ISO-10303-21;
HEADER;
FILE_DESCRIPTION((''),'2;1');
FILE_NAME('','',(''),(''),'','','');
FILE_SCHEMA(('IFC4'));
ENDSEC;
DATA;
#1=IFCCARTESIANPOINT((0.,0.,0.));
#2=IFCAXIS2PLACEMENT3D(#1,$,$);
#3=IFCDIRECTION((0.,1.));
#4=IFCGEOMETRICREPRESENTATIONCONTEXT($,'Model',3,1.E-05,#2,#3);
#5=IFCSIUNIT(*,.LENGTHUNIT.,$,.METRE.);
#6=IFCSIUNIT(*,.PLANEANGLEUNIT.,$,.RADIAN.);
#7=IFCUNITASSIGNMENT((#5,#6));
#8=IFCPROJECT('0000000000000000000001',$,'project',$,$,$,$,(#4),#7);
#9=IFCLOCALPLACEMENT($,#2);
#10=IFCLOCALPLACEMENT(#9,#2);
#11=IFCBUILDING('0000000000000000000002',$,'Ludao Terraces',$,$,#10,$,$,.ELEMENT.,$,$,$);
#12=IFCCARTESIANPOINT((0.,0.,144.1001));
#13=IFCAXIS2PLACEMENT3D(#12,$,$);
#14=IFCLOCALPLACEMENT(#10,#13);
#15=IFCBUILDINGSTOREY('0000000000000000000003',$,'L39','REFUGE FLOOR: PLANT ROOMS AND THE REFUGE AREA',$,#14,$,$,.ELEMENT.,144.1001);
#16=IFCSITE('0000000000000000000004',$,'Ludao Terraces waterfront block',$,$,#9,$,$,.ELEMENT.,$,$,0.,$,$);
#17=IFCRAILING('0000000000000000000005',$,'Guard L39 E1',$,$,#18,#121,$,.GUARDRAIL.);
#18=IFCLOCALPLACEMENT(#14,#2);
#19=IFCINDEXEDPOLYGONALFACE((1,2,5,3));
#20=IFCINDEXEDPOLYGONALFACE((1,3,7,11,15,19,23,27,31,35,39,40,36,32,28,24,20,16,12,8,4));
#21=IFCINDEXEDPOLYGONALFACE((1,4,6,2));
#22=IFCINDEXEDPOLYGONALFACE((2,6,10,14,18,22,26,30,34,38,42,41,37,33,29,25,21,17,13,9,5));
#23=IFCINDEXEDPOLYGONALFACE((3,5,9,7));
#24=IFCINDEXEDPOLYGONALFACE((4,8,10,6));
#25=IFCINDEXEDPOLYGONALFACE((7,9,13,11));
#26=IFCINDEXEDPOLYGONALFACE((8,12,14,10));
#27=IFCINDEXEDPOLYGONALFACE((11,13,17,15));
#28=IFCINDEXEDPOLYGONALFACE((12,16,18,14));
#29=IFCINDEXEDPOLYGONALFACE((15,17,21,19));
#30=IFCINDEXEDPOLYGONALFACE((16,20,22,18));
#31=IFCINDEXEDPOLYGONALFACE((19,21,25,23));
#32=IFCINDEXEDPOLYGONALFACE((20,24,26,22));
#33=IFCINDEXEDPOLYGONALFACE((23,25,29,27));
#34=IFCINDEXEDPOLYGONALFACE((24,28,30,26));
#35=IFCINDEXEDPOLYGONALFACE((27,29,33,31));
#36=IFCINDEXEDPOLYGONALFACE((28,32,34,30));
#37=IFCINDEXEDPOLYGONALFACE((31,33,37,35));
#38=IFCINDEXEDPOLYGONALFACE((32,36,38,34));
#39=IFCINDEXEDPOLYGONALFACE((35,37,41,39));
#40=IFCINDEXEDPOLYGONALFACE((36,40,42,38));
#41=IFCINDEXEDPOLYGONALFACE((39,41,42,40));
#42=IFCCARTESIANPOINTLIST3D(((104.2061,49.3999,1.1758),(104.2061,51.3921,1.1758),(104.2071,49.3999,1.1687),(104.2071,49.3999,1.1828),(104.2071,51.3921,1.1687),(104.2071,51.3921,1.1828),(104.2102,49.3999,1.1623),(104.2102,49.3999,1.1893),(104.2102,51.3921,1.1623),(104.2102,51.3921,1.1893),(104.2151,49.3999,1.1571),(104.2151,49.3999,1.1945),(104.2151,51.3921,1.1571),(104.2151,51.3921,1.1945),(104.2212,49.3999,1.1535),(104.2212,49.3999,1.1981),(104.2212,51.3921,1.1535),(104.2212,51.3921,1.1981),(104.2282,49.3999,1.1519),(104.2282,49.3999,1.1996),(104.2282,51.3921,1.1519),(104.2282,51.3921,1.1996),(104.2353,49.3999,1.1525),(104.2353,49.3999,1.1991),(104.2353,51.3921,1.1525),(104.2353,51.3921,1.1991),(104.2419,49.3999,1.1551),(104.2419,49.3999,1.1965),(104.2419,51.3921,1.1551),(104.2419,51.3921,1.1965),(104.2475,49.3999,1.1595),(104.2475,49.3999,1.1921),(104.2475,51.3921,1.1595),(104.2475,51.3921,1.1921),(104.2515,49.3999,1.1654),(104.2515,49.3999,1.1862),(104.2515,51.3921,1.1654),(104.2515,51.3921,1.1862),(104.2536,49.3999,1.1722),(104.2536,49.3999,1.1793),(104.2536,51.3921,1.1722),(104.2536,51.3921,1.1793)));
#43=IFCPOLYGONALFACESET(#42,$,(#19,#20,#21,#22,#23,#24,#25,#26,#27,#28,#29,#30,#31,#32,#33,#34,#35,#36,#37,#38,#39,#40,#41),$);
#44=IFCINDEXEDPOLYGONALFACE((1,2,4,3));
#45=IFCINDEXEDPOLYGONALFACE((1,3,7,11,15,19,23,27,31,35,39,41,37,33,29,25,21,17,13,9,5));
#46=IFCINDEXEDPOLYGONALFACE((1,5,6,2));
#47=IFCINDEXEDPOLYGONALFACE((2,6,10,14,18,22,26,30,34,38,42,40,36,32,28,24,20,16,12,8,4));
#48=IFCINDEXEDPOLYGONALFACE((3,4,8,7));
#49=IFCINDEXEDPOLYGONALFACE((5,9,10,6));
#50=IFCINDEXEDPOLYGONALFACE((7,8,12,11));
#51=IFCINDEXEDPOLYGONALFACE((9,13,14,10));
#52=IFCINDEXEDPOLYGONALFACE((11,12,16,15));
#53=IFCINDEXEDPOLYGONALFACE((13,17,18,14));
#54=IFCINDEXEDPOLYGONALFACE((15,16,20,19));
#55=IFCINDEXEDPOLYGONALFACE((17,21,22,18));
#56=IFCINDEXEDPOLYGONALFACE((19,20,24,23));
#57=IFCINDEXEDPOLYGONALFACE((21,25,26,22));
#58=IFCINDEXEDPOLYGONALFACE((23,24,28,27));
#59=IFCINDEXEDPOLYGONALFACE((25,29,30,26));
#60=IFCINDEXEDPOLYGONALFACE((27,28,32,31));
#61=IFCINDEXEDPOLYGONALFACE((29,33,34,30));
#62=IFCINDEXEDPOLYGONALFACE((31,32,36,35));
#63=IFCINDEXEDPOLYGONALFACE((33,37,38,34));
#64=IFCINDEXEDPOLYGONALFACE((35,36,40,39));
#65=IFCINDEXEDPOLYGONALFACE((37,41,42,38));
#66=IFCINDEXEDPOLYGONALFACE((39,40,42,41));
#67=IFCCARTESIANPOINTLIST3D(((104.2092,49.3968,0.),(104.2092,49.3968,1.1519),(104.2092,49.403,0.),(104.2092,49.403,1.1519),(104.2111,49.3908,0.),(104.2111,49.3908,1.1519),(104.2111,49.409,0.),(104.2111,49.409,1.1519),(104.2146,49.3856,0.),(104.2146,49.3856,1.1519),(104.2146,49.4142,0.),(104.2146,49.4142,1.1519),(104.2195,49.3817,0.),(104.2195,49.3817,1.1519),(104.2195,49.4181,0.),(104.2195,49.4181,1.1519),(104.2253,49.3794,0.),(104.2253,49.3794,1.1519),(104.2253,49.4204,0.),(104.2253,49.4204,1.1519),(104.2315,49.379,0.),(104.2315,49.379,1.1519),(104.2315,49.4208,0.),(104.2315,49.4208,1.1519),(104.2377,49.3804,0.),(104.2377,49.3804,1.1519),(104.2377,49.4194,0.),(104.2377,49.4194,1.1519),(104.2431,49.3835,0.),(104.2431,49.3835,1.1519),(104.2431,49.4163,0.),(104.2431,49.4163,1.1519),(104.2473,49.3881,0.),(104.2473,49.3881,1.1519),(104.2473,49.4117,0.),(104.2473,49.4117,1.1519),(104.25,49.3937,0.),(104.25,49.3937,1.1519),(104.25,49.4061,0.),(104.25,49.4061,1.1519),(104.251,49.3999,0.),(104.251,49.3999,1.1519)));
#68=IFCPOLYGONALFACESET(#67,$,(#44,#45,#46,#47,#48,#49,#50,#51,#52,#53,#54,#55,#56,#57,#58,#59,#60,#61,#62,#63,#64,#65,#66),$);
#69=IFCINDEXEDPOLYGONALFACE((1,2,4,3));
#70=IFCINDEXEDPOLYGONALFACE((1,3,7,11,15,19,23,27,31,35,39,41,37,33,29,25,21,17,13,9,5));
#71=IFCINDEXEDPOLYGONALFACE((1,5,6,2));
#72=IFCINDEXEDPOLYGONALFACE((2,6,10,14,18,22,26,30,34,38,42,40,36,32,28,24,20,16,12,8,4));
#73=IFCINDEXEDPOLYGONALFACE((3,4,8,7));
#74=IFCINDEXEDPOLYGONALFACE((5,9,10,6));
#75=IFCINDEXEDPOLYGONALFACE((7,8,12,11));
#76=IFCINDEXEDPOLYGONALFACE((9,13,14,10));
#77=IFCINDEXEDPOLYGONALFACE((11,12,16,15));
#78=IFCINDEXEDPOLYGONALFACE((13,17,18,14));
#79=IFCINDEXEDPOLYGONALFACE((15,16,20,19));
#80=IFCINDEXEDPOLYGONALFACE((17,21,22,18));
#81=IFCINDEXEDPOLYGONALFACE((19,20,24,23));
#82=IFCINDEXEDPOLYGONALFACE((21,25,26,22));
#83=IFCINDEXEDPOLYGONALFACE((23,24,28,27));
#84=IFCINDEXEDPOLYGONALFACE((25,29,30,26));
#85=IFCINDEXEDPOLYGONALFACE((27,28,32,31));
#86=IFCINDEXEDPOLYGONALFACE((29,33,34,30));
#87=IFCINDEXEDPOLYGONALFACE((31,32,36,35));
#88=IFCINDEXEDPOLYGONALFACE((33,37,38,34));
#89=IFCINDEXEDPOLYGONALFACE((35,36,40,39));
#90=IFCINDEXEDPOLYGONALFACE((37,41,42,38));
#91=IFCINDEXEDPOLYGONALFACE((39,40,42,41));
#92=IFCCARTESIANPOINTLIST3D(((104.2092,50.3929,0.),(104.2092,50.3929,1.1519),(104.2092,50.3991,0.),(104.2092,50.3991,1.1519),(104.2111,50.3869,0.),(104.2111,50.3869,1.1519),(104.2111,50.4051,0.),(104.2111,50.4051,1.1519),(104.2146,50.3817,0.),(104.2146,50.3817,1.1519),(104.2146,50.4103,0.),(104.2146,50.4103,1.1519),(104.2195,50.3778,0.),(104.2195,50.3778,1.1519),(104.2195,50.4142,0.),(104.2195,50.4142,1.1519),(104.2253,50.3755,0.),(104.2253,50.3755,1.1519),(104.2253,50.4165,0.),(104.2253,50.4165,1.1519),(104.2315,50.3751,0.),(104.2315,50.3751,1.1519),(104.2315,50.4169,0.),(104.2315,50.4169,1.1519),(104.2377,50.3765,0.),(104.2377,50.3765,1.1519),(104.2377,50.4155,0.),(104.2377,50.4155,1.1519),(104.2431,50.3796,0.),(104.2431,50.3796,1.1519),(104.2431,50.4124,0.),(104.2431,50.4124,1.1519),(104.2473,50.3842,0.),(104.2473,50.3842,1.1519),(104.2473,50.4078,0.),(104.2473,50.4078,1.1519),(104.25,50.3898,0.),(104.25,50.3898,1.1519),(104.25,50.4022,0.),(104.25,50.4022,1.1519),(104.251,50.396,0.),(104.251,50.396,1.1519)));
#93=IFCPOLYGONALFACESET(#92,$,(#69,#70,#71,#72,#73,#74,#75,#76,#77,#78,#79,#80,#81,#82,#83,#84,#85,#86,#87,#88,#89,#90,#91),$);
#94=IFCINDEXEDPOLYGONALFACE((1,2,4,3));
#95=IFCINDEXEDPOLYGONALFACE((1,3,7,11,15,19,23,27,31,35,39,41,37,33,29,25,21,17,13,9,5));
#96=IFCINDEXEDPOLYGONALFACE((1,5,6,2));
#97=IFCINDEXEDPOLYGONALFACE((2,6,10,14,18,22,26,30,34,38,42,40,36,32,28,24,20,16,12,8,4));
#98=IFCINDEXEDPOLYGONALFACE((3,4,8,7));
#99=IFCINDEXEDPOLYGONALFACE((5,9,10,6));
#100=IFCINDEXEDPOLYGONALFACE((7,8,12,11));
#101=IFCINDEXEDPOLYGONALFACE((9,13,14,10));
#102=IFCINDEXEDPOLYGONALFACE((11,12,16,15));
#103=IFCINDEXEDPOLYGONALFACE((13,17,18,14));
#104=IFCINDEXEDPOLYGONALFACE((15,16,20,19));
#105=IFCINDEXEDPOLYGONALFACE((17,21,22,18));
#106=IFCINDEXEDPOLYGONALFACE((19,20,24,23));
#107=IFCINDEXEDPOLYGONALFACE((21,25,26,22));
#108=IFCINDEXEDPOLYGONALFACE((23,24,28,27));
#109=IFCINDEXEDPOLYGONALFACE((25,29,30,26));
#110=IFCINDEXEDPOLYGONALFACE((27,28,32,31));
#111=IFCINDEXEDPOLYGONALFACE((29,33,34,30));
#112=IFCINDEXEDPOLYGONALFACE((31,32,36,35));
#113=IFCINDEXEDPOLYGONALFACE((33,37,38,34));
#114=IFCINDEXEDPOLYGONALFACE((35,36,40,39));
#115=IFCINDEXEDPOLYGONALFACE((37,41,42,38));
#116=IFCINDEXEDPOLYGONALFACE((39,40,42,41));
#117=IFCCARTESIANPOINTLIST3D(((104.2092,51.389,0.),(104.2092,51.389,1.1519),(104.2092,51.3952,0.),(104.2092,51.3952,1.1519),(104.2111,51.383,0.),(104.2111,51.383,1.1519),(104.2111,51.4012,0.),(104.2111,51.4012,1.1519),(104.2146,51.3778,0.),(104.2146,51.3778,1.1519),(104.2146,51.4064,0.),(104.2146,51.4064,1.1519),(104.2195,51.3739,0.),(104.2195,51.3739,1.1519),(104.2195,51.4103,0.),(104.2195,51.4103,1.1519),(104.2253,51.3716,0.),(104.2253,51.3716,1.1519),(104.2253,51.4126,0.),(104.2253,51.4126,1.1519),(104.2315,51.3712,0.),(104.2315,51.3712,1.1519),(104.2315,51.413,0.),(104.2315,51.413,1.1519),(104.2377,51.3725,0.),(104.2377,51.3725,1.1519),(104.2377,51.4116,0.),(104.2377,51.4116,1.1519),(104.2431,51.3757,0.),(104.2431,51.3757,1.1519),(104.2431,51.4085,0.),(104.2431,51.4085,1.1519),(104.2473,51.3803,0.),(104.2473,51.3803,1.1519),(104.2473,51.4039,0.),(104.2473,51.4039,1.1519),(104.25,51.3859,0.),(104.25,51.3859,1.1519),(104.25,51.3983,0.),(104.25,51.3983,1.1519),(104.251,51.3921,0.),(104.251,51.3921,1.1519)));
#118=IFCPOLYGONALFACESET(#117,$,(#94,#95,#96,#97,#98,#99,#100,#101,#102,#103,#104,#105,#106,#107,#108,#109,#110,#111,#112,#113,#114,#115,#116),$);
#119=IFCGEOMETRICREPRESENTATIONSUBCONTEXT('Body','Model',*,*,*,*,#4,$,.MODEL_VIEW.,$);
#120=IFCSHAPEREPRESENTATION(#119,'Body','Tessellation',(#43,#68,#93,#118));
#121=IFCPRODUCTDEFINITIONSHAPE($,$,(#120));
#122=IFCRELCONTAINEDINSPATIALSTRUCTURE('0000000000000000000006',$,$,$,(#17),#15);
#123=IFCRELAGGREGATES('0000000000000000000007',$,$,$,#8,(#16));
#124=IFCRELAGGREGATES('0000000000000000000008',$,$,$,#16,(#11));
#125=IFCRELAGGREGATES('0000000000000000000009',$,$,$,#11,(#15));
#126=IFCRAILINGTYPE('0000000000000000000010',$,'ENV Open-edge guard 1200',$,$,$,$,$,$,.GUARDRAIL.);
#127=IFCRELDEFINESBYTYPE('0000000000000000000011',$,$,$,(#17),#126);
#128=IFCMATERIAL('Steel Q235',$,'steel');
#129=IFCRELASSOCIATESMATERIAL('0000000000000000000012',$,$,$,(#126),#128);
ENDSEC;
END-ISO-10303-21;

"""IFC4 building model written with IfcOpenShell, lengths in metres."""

from ifc_helpers import new_model, si_unit, direction, frame, origin, origin_2d, place, context, subcontext, project, spatial, circle, extrude, material, type_object, element, save


model = new_model("IFC4")

# Units and contexts
model_context = context("Model", 3, precision=1e-05, world=origin(), true_north=direction((0.0, 1.0)))
body_context = subcontext(model_context, "Body", "Model", "MODEL_VIEW")
ifc_project = project(units=[si_unit("LENGTHUNIT", "METRE"), si_unit("PLANEANGLEUNIT", "RADIAN")], contexts=[model_context])

# Site, building, storey
site_placement = place(None, origin())
site = spatial("IfcSite", under=ifc_project, at=site_placement, Name="Ludao Terraces waterfront block", CompositionType="ELEMENT", RefElevation=0.0)
building_placement = place(site_placement, origin())
building = spatial("IfcBuilding", under=site, at=building_placement, Name="Ludao Terraces", CompositionType="ELEMENT")
storey_placement = place(building_placement, frame((0.0, 0.0, 144.1001)))
storey = spatial("IfcBuildingStorey", under=building, at=storey_placement, Name="L39", Description="REFUGE FLOOR: PLANT ROOMS AND THE REFUGE AREA", CompositionType="ELEMENT", Elevation=144.1001)

# Shared definitions
ifc_material_1 = material(Name="Steel Q235", Category="steel")

# Railing
railing_type = type_object("IfcRailingType", Name="ENV Open-edge guard 1200", PredefinedType="GUARDRAIL", material=ifc_material_1)
railing_1_placement = place(storey_placement, frame((104.23, 49.3999, 0.0)))
element("IfcRailing", 1, at=railing_1_placement, inside=storey, type_object=railing_type, Name="Guard L39 E1", PredefinedType="GUARDRAIL", context=body_context, shape_type="SweptSolid", body=[
    extrude(circle(Radius=0.0239, at=origin_2d()), frame((0.0, 0.0, 1.1758), z_axis=(0.0, 1.0, 0.0), x_axis=(-1.0, 0.0, 0.0)), (0.0, 0.0, 1.0), 1.9922),
    extrude(circle(Radius=0.021, at=origin_2d()), origin(), (0.0, 0.0, 1.0), 1.1519),
    extrude(circle(Radius=0.021, at=origin_2d()), frame((0.0, 0.9961, 0.0)), (0.0, 0.0, 1.0), 1.1519),
    extrude(circle(Radius=0.021, at=origin_2d()), frame((0.0, 1.9922, 0.0)), (0.0, 0.0, 1.0), 1.1519),
])

save(model, "model.ifc")
